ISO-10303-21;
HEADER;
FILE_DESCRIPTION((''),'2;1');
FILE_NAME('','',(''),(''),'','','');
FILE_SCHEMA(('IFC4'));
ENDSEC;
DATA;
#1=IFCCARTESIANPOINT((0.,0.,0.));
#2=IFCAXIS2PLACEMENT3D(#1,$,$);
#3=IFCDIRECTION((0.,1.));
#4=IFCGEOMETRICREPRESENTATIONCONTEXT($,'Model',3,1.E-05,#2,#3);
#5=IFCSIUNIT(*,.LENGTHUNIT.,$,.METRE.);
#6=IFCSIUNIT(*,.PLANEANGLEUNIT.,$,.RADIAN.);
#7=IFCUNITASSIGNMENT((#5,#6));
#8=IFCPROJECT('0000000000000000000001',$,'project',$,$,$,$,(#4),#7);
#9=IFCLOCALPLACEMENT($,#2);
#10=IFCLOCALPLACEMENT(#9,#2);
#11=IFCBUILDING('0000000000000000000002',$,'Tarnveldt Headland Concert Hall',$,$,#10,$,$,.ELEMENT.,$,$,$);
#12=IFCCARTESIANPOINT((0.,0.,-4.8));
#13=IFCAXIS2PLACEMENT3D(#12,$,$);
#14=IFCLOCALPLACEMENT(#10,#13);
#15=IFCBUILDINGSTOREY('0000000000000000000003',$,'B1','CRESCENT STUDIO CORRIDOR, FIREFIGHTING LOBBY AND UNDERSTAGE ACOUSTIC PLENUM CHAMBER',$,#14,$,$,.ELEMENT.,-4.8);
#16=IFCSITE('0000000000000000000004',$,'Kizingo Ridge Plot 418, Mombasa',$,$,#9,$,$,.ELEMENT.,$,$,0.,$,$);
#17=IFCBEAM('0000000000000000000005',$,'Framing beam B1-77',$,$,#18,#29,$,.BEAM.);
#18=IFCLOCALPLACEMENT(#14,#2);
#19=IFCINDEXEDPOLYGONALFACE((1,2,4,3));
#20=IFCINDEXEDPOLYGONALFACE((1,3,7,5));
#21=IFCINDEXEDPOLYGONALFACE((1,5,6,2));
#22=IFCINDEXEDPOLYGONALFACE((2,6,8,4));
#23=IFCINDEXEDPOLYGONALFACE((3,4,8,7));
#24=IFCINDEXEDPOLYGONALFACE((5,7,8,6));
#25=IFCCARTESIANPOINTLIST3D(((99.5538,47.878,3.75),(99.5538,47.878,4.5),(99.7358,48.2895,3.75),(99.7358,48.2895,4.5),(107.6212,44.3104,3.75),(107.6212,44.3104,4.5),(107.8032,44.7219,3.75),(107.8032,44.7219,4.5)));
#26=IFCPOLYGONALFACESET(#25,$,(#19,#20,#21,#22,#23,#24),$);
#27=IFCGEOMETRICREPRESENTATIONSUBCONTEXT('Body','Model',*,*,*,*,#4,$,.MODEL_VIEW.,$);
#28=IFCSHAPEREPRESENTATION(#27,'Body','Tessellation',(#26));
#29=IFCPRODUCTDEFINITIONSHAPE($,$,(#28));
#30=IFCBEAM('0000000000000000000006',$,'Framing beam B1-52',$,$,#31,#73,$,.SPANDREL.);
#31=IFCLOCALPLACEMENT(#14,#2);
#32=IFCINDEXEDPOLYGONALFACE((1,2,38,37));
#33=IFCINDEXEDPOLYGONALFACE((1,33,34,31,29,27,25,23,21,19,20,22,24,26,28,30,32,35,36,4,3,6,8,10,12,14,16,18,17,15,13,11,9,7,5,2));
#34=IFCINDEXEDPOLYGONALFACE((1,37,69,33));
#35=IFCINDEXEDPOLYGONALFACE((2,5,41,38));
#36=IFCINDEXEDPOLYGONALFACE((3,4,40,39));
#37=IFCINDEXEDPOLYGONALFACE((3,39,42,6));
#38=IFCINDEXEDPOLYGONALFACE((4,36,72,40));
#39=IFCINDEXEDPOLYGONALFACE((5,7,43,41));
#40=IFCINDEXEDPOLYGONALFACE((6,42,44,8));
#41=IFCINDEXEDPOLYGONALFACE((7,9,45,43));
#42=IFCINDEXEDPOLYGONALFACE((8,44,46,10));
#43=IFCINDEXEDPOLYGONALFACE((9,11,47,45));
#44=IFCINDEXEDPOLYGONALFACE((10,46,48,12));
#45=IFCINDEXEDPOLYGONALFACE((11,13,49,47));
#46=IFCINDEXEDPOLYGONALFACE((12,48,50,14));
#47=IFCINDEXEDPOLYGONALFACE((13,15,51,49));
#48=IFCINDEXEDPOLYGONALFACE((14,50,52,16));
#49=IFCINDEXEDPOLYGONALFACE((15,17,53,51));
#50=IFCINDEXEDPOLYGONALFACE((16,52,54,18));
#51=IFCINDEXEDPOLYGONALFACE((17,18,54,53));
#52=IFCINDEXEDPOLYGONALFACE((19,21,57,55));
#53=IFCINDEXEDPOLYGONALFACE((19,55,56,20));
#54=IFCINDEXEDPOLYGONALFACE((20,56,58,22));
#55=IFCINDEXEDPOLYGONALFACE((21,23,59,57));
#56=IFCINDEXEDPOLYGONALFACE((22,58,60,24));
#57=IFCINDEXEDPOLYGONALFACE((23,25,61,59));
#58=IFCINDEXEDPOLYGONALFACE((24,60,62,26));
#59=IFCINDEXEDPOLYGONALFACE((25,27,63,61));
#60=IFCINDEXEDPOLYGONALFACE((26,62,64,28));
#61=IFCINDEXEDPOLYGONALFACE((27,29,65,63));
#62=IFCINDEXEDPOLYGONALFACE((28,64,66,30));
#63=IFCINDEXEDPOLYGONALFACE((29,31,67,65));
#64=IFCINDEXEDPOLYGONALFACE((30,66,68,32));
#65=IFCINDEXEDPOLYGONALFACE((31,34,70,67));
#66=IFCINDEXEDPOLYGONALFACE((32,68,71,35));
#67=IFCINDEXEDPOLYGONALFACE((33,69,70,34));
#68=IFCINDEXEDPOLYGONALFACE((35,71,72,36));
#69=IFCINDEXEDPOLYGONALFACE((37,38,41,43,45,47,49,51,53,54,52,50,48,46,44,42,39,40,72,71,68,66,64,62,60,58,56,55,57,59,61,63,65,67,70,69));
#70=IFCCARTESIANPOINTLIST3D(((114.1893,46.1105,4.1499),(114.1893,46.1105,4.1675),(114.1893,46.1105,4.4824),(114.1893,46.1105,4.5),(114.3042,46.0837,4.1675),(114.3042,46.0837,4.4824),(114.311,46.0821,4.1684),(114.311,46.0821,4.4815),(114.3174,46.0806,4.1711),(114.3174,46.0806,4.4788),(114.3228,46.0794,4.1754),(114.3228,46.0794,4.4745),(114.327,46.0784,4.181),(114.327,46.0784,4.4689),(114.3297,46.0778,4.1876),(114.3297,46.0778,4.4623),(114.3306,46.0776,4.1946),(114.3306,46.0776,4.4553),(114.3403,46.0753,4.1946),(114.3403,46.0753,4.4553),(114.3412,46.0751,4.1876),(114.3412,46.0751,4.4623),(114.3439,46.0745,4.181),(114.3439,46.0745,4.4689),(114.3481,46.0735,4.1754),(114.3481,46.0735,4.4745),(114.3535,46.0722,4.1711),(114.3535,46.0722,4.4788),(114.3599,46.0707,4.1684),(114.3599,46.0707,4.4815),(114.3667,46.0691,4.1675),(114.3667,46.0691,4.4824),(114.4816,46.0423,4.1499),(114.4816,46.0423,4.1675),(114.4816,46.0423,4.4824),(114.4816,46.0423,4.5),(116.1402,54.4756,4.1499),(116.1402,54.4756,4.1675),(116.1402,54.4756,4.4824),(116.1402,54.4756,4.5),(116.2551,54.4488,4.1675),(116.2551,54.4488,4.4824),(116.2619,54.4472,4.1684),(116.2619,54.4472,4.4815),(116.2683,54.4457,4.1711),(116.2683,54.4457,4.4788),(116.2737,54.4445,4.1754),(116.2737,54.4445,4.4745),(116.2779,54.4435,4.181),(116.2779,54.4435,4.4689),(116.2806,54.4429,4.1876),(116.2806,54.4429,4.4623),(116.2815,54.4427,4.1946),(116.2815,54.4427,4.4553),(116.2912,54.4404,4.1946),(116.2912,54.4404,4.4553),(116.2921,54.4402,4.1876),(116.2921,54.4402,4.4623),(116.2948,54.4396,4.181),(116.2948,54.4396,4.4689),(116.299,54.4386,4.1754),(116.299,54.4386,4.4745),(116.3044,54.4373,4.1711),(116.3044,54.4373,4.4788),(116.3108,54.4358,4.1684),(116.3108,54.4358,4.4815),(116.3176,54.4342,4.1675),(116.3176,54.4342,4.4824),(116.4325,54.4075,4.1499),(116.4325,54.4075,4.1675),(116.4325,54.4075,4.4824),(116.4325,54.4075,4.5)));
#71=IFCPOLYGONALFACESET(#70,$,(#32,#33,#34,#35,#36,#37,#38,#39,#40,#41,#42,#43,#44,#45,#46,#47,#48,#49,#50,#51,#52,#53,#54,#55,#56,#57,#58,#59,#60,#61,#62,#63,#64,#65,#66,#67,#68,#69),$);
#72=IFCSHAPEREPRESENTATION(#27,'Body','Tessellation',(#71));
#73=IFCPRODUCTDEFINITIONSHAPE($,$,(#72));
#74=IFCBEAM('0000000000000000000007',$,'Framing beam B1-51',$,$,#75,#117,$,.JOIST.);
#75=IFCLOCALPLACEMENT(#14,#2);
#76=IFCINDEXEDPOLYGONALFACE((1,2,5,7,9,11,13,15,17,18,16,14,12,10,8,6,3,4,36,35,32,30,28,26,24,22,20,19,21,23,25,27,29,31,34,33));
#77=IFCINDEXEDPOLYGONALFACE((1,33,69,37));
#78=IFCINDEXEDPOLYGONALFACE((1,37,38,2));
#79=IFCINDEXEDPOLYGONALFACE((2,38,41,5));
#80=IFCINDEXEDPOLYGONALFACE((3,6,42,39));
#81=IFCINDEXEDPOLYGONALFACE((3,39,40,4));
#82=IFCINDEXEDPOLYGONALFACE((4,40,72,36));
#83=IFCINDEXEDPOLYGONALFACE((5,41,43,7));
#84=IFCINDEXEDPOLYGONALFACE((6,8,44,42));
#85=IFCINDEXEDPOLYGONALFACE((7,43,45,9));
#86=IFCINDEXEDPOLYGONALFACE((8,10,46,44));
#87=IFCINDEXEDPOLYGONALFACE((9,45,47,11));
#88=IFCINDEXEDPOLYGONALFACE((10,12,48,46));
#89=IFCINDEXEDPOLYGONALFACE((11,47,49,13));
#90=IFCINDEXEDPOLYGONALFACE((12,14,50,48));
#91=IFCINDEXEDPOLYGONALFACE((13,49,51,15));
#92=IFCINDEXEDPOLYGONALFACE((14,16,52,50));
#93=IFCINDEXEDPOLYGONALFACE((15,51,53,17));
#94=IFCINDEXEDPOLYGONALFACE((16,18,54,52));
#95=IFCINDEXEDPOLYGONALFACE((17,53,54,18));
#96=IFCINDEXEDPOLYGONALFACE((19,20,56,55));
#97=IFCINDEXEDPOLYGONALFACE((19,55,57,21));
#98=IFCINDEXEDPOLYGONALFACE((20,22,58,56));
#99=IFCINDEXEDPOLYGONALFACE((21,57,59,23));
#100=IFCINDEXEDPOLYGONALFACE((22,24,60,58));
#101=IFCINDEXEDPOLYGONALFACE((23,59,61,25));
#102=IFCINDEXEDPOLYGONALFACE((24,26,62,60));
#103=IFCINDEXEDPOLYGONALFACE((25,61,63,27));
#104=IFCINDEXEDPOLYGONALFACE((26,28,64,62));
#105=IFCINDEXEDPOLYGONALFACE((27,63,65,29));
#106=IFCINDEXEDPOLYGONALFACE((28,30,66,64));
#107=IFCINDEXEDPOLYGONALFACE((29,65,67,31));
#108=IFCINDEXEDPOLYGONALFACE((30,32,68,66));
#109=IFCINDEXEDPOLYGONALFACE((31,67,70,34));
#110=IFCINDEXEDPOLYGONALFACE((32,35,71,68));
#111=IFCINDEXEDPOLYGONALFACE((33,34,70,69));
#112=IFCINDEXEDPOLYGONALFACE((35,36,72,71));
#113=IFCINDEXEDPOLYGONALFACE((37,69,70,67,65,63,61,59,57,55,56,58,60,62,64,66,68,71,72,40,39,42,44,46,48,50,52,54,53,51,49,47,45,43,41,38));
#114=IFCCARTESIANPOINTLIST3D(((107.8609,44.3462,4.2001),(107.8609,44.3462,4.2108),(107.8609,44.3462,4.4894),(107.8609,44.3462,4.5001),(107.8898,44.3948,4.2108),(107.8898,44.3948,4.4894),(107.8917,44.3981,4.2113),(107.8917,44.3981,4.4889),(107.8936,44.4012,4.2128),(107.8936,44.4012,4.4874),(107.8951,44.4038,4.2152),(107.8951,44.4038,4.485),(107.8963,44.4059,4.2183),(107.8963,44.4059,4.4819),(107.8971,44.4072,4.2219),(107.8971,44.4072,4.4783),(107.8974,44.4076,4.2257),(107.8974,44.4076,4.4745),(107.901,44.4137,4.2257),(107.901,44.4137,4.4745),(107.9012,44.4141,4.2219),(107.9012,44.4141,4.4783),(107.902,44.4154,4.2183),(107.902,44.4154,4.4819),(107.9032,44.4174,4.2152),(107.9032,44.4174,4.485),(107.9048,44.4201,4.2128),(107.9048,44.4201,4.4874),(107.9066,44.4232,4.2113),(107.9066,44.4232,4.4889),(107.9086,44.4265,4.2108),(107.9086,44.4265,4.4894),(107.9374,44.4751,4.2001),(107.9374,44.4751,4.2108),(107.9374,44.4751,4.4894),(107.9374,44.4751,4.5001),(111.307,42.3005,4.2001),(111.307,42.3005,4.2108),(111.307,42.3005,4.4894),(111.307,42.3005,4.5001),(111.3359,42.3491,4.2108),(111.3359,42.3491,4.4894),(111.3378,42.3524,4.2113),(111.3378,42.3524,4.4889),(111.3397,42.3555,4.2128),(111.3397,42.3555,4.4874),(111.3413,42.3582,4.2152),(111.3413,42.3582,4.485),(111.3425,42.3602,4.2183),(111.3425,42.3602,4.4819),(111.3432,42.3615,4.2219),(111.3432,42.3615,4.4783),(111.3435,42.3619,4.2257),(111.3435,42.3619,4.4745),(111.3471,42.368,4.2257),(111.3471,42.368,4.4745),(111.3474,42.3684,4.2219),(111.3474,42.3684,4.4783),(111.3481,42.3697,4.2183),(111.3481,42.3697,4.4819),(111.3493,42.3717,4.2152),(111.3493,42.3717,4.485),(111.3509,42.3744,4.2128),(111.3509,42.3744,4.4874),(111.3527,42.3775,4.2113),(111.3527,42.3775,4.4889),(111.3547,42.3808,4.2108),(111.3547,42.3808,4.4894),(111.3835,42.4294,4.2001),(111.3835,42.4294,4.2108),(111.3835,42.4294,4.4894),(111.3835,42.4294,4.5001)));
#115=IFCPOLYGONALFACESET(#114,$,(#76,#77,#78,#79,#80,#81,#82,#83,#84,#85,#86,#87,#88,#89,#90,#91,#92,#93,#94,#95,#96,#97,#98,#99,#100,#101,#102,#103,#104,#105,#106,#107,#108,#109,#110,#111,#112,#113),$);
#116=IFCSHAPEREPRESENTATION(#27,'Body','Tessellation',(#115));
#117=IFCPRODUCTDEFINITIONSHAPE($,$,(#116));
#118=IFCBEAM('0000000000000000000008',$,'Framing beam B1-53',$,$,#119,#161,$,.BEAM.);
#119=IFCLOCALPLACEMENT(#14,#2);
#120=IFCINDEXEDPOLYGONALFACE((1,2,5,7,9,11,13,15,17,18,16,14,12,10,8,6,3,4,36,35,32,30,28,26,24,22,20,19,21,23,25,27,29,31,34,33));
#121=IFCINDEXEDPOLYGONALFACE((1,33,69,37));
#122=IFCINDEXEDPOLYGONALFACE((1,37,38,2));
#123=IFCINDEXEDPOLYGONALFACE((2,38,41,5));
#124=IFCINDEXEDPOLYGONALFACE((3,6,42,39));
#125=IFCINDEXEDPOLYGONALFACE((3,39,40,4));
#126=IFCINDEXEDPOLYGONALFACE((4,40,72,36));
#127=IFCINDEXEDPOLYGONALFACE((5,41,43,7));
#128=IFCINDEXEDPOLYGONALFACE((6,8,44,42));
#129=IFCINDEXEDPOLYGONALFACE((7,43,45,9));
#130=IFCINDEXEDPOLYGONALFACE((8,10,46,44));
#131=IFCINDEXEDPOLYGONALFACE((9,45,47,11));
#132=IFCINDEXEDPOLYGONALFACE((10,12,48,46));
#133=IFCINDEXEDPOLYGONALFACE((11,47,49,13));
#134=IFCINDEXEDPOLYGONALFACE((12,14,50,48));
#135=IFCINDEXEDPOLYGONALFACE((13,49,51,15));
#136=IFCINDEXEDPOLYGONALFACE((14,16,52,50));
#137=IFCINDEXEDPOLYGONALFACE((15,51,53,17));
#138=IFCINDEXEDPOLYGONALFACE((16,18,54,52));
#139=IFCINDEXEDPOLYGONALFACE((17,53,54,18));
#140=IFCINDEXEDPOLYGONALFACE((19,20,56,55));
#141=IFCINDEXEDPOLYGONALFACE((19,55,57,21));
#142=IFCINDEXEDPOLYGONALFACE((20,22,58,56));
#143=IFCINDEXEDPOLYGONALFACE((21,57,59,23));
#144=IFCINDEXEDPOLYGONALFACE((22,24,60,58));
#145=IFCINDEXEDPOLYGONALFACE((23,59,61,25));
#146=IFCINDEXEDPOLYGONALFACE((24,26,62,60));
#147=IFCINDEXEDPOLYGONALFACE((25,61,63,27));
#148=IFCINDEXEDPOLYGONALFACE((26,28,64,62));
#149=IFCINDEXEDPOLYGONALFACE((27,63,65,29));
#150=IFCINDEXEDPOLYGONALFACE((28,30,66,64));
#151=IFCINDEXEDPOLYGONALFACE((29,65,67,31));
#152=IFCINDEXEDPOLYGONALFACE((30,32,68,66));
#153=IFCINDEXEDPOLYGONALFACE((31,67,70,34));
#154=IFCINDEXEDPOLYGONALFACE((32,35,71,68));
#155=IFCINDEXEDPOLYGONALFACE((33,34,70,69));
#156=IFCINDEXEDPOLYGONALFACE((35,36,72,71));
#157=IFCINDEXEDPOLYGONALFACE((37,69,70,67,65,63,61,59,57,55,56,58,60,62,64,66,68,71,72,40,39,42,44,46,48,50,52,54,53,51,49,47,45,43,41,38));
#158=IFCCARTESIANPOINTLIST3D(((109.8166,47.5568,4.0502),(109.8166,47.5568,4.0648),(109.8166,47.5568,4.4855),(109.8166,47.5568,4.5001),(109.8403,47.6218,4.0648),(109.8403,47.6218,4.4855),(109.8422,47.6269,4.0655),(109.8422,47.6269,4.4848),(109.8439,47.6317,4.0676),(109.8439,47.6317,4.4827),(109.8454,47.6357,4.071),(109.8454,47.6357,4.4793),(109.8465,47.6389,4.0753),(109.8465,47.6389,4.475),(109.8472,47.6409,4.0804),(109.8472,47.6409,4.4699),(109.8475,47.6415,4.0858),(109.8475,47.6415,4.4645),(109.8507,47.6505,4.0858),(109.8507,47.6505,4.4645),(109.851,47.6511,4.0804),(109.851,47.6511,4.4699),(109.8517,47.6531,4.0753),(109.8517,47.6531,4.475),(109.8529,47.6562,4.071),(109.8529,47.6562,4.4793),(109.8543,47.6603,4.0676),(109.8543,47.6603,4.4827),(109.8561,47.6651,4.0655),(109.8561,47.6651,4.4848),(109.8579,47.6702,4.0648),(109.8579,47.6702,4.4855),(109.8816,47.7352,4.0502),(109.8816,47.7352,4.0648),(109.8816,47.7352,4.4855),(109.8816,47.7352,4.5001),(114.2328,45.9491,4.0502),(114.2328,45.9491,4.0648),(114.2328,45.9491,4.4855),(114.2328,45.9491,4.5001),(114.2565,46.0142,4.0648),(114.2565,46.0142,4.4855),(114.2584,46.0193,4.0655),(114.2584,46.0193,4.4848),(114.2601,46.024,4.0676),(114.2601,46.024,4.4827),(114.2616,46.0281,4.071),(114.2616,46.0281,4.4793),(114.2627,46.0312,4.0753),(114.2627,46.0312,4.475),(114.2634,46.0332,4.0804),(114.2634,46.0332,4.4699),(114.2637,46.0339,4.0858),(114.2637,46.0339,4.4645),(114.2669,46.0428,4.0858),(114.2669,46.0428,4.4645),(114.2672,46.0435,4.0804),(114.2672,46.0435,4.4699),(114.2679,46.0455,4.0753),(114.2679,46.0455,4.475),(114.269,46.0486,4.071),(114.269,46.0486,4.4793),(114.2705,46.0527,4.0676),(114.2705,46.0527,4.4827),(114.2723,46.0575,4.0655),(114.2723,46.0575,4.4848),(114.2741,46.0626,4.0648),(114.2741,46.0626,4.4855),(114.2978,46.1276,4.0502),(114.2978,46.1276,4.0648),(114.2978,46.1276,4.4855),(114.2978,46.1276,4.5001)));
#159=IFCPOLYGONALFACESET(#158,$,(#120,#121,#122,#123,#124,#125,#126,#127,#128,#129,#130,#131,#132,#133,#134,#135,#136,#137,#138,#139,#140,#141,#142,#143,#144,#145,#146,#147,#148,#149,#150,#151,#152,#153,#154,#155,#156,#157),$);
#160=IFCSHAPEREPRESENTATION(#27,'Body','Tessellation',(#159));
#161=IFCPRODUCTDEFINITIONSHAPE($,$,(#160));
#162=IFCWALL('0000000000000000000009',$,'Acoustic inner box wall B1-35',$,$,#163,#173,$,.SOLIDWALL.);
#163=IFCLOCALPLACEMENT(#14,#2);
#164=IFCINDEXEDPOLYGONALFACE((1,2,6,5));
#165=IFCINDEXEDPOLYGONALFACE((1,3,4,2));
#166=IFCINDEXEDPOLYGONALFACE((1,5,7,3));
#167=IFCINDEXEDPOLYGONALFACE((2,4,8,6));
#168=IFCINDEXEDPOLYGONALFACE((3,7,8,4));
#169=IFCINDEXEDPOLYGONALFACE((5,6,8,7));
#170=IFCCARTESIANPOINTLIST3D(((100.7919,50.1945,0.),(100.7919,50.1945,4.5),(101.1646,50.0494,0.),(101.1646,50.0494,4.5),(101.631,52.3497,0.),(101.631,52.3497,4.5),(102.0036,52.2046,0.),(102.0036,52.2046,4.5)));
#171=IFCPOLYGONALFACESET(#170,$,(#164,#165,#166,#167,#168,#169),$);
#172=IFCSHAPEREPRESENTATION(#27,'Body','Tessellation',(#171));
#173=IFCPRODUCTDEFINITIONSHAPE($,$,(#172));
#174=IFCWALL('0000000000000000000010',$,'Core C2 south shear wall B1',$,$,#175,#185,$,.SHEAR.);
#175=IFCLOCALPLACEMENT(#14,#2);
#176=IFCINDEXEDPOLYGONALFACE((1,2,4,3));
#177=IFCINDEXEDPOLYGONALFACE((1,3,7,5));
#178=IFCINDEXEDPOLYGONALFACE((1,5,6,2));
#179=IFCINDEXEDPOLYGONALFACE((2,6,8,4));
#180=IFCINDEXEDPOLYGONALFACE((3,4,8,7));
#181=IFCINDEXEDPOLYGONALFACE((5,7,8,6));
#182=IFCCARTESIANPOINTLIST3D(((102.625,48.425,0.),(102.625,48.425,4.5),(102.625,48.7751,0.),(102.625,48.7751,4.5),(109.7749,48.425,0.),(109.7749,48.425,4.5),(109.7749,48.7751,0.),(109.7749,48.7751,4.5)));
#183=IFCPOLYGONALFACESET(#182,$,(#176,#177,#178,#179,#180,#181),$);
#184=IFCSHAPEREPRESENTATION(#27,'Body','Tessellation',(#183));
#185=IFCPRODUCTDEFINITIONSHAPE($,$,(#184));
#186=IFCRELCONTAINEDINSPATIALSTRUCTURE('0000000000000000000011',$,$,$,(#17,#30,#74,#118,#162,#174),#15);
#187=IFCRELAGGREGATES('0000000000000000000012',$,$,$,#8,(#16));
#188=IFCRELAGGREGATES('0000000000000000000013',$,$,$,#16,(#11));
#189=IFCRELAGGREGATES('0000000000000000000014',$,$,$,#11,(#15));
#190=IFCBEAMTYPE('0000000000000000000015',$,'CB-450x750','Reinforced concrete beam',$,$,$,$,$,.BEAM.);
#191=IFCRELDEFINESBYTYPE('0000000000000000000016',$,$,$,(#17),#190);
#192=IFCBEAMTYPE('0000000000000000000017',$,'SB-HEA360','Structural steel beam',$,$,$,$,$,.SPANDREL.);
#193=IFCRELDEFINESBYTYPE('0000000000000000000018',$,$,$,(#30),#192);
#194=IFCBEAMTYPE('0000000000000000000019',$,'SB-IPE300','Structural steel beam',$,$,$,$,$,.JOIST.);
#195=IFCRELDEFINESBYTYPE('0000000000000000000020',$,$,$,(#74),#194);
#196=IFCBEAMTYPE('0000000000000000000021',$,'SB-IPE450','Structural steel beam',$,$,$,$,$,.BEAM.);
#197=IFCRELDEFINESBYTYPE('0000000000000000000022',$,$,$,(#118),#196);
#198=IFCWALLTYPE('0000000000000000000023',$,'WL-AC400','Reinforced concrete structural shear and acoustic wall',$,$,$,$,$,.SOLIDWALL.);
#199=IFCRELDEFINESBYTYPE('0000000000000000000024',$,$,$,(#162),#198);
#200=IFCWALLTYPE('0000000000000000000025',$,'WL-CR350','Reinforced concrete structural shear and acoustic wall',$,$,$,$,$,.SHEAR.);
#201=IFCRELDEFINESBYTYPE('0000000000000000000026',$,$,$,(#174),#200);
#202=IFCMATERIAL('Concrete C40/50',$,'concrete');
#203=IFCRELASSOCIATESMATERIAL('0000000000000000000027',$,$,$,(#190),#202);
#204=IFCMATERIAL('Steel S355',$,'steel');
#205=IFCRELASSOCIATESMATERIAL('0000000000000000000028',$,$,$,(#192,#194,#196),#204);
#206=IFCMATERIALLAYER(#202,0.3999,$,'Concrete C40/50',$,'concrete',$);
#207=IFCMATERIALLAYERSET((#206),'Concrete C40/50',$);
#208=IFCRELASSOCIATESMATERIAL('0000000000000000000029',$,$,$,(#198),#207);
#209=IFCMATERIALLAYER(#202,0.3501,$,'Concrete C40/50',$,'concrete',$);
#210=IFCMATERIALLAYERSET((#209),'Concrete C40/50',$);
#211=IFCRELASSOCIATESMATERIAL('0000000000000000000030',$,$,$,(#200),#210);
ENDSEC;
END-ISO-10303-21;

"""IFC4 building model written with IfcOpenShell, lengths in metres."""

from ifc_helpers import new_model, si_unit, direction, frame, frame_2d, origin, origin_2d, place, context, subcontext, project, spatial, rectangle, i_section, extrude, material, layer, layer_set, material_profile, profile_set, type_object, element, save


model = new_model("IFC4")

# Units and contexts
model_context = context("Model", 3, precision=1e-05, world=origin(), true_north=direction((0.0, 1.0)))
body_context = subcontext(model_context, "Body", "Model", "MODEL_VIEW")
ifc_project = project(units=[si_unit("LENGTHUNIT", "METRE"), si_unit("PLANEANGLEUNIT", "RADIAN")], contexts=[model_context])

# Site, building, storey
site_placement = place(None, origin())
site = spatial("IfcSite", under=ifc_project, at=site_placement, Name="Kizingo Ridge Plot 418, Mombasa", CompositionType="ELEMENT", RefElevation=0.0)
building_placement = place(site_placement, origin())
building = spatial("IfcBuilding", under=site, at=building_placement, Name="Tarnveldt Headland Concert Hall", CompositionType="ELEMENT")
storey_placement = place(building_placement, frame((0.0, 0.0, -4.8)))
storey = spatial("IfcBuildingStorey", under=building, at=storey_placement, Name="B1", Description="CRESCENT STUDIO CORRIDOR, FIREFIGHTING LOBBY AND UNDERSTAGE ACOUSTIC PLENUM CHAMBER", CompositionType="ELEMENT", Elevation=-4.8)

# Shared definitions
ifc_material_1 = material(Name="Concrete C40/50", Category="concrete")

# Beams
ifc_material_profile_1 = material_profile(ifc_material_1, rectangle(XDim=0.45, YDim=0.75, at=origin_2d()), Name="RC 450x750", Category="concrete")
ifc_profile_set_1 = profile_set([ifc_material_profile_1], Name="Concrete C40/50")
beam_type_1 = type_object("IfcBeamType", Name="CB-450x750", Description="Reinforced concrete beam", PredefinedType="BEAM", material=ifc_profile_set_1)
beam_1_placement = place(storey_placement, frame((99.6448, 48.0837, 4.125), z_axis=(0.914562, -0.404445, 0.0), x_axis=(0.404445, 0.914562, 0.0)))
element("IfcBeam", 1, at=beam_1_placement, inside=storey, type_object=beam_type_1, Name="Framing beam B1-77", PredefinedType="BEAM", context=body_context, shape_type="SweptSolid", body=[
    extrude(rectangle(XDim=0.45, YDim=0.75, at=origin_2d()), origin(), (0.0, 0.0, 1.0), 8.821),
])
ifc_material_2 = material(Name="Steel S355", Category="steel")
ifc_material_profile_2 = material_profile(ifc_material_2, i_section(OverallWidth=0.3, OverallDepth=0.3501, WebThickness=0.01, FlangeThickness=0.0176, FilletRadius=0.0271, at=origin_2d()), Name="HEA360", Category="steel")
ifc_profile_set_2 = profile_set([ifc_material_profile_2], Name="Steel S355")
beam_type_2 = type_object("IfcBeamType", Name="SB-HEA360", Description="Structural steel beam", PredefinedType="SPANDREL", material=ifc_profile_set_2)
beam_2_placement = place(storey_placement, frame((114.3354, 46.0764, 4.325), z_axis=(0.227124, 0.973866, 0.0), x_axis=(-0.973866, 0.227124, 0.0)))
element("IfcBeam", 2, at=beam_2_placement, inside=storey, type_object=beam_type_2, Name="Framing beam B1-52", PredefinedType="SPANDREL", context=body_context, shape_type="SweptSolid", body=[
    extrude(i_section(OverallWidth=0.3, OverallDepth=0.3501, WebThickness=0.01, FlangeThickness=0.0176, FilletRadius=0.0271, at=origin_2d()), origin(), (0.0, 0.0, 1.0), 8.5896),
])
ifc_material_profile_3 = material_profile(ifc_material_2, i_section(OverallWidth=0.1499, OverallDepth=0.3, WebThickness=0.0071, FlangeThickness=0.0107, FilletRadius=0.0149, at=origin_2d()), Name="IPE300", Category="steel")
ifc_profile_set_3 = profile_set([ifc_material_profile_3], Name="Steel S355")
beam_type_3 = type_object("IfcBeamType", Name="SB-IPE300", Description="Structural steel beam", PredefinedType="JOIST", material=ifc_profile_set_3)
beam_3_placement = place(storey_placement, frame((107.8992, 44.4106, 4.3501), z_axis=(0.859902, -0.510459, 0.0), x_axis=(0.510459, 0.859902, 0.0)))
element("IfcBeam", 3, at=beam_3_placement, inside=storey, type_object=beam_type_3, Name="Framing beam B1-51", PredefinedType="JOIST", context=body_context, shape_type="SweptSolid", body=[
    extrude(i_section(OverallWidth=0.1499, OverallDepth=0.3, WebThickness=0.0071, FlangeThickness=0.0107, FilletRadius=0.0149, at=origin_2d()), origin(), (0.0, 0.0, 1.0), 4.0076),
])
ifc_material_profile_4 = material_profile(ifc_material_2, i_section(OverallWidth=0.1899, OverallDepth=0.45, WebThickness=0.0095, FlangeThickness=0.0146, FilletRadius=0.021, at=origin_2d()), Name="IPE450", Category="steel")
ifc_profile_set_4 = profile_set([ifc_material_profile_4], Name="Steel S355")
beam_type_4 = type_object("IfcBeamType", Name="SB-IPE450", Description="Structural steel beam", PredefinedType="BEAM", material=ifc_profile_set_4)
beam_4_placement = place(storey_placement, frame((109.8491, 47.646, 4.2751), z_axis=(0.939674, -0.342073, 0.0), x_axis=(0.342073, 0.939674, 0.0)))
element("IfcBeam", 4, at=beam_4_placement, inside=storey, type_object=beam_type_4, Name="Framing beam B1-53", PredefinedType="BEAM", context=body_context, shape_type="SweptSolid", body=[
    extrude(i_section(OverallWidth=0.1899, OverallDepth=0.45, WebThickness=0.0095, FlangeThickness=0.0146, FilletRadius=0.021, at=origin_2d()), origin(), (0.0, 0.0, 1.0), 4.6997),
])

# Walls
ifc_layer_1 = layer(ifc_material_1, 0.3999, Name="Concrete C40/50", Category="concrete")
ifc_layer_set_1 = layer_set([ifc_layer_1], Name="Concrete C40/50")
wall_type_1 = type_object("IfcWallType", Name="WL-AC400", Description="Reinforced concrete structural shear and acoustic wall", PredefinedType="SOLIDWALL", material=ifc_layer_set_1)
wall_1_placement = place(storey_placement, frame((100.9783, 50.1221, 0.0), z_axis=(0.0, 0.0, 1.0), x_axis=(0.362803, 0.931866, 0.0)))
element("IfcWall", 5, at=wall_1_placement, inside=storey, type_object=wall_type_1, Name="Acoustic inner box wall B1-35", PredefinedType="SOLIDWALL", context=body_context, shape_type="SweptSolid", body=[
    extrude(rectangle(XDim=2.3127, YDim=0.3999, at=frame_2d((1.1562, 0.0))), origin(), (0.0, 0.0, 1.0), 4.5),
])
ifc_layer_2 = layer(ifc_material_1, 0.3501, Name="Concrete C40/50", Category="concrete")
ifc_layer_set_2 = layer_set([ifc_layer_2], Name="Concrete C40/50")
wall_type_2 = type_object("IfcWallType", Name="WL-CR350", Description="Reinforced concrete structural shear and acoustic wall", PredefinedType="SHEAR", material=ifc_layer_set_2)
wall_2_placement = place(storey_placement, frame((102.625, 48.6001, 0.0), z_axis=(0.0, 0.0, 1.0), x_axis=(1.0, 0.0, 0.0)))
element("IfcWall", 6, at=wall_2_placement, inside=storey, type_object=wall_type_2, Name="Core C2 south shear wall B1", PredefinedType="SHEAR", context=body_context, shape_type="SweptSolid", body=[
    extrude(rectangle(XDim=7.1499, YDim=0.3501, at=frame_2d((3.575, 0.0))), origin(), (0.0, 0.0, 1.0), 4.5),
])

save(model, "model.ifc")
